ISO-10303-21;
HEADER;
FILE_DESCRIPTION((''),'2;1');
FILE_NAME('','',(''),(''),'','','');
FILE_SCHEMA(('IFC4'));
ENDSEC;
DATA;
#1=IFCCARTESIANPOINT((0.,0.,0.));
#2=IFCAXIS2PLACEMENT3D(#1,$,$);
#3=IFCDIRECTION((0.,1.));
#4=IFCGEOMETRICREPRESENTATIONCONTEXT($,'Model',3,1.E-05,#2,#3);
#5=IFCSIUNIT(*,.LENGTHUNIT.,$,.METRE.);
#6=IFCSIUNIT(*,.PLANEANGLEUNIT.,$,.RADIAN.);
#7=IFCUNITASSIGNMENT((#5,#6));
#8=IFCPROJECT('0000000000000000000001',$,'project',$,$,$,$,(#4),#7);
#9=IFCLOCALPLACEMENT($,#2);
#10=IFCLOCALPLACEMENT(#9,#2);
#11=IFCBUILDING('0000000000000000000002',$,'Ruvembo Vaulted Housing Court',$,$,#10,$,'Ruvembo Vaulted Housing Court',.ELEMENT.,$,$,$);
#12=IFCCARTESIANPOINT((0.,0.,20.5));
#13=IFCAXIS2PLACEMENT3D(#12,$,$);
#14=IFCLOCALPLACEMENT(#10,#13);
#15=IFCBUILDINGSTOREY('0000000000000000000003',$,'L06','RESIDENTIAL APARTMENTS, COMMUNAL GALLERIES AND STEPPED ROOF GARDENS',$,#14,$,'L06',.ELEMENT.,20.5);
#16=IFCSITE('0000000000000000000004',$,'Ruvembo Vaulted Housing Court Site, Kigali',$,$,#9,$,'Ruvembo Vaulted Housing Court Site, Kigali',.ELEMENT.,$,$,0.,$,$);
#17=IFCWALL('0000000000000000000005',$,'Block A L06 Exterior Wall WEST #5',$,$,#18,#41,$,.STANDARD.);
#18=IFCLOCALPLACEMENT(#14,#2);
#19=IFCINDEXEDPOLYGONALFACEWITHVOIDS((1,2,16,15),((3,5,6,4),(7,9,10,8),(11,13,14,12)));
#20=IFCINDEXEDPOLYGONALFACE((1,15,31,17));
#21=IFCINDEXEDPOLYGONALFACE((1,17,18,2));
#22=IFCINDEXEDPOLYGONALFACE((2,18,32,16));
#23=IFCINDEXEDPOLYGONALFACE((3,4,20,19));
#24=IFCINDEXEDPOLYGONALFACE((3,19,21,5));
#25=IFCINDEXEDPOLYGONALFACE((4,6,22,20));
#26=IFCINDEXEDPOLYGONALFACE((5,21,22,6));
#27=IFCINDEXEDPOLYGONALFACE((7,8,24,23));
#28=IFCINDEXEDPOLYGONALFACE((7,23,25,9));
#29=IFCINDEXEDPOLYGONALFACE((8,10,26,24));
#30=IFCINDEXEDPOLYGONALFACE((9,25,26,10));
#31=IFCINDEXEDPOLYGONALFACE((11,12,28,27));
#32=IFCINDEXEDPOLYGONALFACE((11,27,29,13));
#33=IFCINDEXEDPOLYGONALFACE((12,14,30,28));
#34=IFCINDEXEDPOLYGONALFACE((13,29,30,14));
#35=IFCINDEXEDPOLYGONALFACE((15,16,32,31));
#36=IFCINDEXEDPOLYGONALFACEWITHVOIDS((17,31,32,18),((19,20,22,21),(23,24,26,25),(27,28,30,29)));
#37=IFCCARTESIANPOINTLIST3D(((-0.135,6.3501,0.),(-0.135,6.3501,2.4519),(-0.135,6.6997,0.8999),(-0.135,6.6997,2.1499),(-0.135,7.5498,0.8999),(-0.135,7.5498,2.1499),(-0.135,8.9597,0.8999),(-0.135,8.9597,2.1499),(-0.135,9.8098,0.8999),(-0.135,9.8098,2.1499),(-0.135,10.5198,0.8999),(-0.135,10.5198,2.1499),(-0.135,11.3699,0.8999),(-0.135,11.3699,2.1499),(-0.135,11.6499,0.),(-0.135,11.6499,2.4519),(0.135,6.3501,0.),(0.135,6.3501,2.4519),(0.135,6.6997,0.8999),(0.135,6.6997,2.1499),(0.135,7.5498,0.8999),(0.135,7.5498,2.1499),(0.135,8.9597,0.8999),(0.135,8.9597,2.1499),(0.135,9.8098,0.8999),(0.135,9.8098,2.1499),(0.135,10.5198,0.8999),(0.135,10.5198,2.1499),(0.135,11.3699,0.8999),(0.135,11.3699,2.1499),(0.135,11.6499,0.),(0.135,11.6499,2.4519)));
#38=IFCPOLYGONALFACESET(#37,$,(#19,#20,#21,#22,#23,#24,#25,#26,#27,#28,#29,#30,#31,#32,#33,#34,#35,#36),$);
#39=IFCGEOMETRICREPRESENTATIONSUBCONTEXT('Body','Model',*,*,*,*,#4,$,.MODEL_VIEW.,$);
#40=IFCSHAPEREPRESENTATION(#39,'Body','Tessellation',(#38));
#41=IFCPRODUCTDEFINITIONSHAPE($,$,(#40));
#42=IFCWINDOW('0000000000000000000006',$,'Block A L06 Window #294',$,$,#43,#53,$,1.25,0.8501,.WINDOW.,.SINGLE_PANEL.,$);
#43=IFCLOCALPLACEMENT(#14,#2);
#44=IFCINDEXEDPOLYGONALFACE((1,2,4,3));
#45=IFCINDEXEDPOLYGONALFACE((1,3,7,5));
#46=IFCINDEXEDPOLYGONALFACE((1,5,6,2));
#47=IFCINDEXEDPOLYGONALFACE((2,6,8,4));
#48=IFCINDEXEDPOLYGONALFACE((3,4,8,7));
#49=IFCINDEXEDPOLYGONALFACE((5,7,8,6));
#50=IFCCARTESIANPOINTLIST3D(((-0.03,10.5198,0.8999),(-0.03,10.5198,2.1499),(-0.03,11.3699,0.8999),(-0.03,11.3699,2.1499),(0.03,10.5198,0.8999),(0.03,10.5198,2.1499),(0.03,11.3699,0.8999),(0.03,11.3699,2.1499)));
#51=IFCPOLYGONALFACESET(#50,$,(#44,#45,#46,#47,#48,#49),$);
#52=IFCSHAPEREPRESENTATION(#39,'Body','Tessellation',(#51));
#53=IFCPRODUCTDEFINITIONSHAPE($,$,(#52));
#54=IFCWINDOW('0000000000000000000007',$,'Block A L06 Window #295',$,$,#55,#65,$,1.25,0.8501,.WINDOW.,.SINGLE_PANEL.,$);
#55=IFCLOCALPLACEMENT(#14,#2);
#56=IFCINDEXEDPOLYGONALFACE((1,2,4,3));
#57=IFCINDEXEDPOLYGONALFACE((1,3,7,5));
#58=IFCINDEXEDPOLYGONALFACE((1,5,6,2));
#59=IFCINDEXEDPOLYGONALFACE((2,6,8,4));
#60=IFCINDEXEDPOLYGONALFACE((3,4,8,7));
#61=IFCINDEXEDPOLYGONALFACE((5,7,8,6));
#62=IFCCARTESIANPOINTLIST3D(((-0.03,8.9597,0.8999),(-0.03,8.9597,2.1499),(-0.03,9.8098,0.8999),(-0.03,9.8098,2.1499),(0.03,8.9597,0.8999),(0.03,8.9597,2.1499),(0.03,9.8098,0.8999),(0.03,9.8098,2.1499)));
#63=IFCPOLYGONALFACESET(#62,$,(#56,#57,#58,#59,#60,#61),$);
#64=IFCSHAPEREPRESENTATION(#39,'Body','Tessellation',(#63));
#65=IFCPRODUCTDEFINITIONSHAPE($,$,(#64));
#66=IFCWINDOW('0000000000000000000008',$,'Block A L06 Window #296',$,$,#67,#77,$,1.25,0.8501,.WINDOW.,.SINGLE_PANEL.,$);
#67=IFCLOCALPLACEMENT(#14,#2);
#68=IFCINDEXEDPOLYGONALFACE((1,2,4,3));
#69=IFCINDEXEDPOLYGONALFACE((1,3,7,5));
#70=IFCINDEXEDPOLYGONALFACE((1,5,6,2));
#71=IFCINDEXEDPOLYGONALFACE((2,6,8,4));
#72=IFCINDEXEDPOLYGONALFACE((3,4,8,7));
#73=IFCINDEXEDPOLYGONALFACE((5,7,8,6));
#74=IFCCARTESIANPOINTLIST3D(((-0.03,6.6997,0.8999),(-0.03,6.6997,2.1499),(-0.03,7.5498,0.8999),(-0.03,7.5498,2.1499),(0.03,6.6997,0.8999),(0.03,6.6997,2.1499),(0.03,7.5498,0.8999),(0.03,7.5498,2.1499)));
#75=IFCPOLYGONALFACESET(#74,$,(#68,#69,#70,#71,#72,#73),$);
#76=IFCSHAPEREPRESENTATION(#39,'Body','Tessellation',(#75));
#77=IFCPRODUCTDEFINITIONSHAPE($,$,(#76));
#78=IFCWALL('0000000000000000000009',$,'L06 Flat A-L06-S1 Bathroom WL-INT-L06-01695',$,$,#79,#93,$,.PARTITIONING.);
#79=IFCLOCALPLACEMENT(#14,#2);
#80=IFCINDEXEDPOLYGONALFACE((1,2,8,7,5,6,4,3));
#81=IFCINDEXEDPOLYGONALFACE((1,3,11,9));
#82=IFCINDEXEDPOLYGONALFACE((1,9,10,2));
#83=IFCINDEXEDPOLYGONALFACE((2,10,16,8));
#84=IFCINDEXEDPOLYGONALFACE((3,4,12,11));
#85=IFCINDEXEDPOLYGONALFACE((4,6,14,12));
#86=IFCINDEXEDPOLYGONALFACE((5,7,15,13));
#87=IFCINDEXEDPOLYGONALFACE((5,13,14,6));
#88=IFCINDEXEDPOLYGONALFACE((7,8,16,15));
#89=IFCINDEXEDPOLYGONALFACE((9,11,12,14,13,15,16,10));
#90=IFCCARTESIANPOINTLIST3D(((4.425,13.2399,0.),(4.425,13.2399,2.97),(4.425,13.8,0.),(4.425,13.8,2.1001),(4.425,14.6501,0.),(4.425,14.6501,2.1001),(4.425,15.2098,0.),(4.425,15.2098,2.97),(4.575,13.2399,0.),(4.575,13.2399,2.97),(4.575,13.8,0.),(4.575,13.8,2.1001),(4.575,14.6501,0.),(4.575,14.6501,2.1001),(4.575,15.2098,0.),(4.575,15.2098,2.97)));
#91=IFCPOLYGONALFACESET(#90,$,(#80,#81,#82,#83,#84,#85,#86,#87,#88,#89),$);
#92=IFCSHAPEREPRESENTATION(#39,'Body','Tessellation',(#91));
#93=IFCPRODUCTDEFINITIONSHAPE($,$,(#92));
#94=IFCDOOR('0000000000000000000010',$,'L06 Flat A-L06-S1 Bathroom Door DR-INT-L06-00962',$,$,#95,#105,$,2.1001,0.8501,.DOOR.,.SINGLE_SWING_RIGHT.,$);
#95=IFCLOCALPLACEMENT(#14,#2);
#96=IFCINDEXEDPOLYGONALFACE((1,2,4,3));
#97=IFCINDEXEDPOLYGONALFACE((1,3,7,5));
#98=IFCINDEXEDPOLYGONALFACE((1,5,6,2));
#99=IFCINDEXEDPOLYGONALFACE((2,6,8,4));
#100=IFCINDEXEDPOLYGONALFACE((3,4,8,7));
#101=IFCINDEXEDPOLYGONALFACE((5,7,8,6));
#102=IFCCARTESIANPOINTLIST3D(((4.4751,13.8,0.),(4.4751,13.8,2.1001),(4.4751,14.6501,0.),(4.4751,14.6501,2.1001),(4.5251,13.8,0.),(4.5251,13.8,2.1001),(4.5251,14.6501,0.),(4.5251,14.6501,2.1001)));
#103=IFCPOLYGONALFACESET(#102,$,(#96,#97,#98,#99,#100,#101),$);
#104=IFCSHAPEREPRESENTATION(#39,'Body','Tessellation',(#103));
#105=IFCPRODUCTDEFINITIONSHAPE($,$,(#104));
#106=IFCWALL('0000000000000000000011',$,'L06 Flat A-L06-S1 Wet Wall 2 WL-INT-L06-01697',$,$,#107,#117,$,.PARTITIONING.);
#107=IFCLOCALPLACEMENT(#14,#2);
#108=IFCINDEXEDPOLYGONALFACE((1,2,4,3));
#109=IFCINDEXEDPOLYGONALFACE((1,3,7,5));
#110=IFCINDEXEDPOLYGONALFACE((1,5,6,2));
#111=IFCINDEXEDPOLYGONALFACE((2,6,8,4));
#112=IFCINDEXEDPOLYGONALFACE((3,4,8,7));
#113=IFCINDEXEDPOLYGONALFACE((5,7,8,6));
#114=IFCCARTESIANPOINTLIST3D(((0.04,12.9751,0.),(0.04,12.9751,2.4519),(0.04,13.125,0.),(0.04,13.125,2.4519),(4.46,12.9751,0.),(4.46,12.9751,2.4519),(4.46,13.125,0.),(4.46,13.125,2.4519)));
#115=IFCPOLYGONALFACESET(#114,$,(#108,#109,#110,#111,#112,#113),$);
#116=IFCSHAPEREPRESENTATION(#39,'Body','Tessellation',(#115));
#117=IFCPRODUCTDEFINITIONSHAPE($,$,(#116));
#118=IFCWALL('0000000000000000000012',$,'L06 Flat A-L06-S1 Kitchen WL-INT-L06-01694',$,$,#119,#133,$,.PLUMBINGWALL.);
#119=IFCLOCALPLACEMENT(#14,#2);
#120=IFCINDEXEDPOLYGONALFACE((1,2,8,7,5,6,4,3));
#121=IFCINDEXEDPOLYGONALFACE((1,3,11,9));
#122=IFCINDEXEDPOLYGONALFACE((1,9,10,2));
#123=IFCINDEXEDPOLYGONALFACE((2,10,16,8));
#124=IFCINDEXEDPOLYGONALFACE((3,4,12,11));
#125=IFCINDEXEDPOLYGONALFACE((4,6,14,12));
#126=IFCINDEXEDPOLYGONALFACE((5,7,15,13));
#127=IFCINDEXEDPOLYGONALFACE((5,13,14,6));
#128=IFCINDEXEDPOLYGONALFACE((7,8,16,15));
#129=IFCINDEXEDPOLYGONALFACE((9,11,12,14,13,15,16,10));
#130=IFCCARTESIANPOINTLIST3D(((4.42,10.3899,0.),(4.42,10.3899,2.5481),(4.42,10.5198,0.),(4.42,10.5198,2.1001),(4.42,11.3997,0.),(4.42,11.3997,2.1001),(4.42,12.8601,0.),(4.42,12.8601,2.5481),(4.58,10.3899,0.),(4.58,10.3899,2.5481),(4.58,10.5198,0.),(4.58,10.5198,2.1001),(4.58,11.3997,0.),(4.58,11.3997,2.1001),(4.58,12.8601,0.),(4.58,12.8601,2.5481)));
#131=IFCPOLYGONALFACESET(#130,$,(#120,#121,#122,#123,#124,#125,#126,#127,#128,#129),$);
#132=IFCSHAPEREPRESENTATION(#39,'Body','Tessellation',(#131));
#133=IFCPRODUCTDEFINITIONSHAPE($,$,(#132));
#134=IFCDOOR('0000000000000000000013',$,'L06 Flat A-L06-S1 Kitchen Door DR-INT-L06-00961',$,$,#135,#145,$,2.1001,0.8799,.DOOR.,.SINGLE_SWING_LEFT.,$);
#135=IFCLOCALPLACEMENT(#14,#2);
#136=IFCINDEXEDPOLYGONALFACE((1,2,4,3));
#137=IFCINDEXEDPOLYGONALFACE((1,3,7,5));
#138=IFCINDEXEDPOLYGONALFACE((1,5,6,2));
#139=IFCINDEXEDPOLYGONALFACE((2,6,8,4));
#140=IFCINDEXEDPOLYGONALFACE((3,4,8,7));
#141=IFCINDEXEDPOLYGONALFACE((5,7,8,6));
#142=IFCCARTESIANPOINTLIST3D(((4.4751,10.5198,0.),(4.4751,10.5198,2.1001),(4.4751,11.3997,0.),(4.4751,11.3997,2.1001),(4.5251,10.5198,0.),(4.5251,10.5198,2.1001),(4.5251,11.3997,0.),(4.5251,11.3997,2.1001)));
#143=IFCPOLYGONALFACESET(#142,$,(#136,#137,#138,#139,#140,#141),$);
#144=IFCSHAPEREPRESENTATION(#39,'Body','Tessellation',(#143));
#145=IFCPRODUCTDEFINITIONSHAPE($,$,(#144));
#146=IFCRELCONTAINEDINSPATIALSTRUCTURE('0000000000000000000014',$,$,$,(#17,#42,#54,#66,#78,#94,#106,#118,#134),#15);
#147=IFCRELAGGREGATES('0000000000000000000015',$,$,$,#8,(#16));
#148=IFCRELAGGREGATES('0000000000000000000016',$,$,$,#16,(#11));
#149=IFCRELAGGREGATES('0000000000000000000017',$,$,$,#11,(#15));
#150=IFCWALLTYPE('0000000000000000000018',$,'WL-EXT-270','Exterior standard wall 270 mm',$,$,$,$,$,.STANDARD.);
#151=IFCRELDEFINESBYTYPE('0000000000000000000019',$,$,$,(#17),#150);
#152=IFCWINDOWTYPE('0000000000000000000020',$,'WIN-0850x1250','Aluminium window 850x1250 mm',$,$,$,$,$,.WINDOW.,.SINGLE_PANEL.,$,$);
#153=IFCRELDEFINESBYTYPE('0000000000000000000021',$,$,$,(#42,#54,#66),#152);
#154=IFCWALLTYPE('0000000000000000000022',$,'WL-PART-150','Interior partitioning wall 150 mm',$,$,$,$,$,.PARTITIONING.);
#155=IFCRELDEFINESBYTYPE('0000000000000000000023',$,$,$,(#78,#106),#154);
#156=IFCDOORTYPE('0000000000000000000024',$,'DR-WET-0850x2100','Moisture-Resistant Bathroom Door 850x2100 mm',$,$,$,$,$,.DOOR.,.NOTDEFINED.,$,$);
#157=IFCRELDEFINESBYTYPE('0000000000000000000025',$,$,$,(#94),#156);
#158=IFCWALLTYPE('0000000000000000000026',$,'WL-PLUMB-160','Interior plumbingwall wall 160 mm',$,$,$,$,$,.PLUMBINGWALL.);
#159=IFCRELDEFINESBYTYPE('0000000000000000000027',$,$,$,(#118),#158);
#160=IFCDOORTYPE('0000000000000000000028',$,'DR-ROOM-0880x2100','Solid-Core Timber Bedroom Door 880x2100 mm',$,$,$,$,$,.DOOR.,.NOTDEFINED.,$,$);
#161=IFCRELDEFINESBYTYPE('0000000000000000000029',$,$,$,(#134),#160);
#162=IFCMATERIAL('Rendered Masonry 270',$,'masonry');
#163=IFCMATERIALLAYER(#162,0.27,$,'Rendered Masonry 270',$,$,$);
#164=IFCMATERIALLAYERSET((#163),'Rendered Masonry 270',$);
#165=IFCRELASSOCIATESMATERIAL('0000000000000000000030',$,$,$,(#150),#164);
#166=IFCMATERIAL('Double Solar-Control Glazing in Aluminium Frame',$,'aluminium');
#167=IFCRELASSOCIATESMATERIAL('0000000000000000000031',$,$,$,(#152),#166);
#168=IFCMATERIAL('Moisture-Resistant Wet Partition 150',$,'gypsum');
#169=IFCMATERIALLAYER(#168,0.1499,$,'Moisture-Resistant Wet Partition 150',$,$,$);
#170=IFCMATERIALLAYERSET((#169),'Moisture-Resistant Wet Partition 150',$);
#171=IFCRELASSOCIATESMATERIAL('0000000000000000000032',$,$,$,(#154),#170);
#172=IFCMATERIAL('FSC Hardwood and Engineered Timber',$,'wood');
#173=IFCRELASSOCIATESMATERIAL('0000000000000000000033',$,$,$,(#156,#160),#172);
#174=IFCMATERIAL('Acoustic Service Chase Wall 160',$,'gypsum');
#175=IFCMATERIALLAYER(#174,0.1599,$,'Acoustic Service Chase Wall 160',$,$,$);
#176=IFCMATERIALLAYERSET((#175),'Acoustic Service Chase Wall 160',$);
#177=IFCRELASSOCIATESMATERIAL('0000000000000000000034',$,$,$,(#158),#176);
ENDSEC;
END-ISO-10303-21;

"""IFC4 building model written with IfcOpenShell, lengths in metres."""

from ifc_helpers import new_model, si_unit, direction, frame, frame_2d, origin, place, context, subcontext, project, spatial, rectangle, extrude, material, layer, layer_set, type_object, element, fill, save


model = new_model("IFC4")

# Units and contexts
model_context = context("Model", 3, precision=1e-05, world=origin(), true_north=direction((0.0, 1.0)))
body_context = subcontext(model_context, "Body", "Model", "MODEL_VIEW")
ifc_project = project(units=[si_unit("LENGTHUNIT", "METRE"), si_unit("PLANEANGLEUNIT", "RADIAN")], contexts=[model_context])

# Site, building, storey
site_placement = place(None, origin())
site = spatial("IfcSite", under=ifc_project, at=site_placement, Name="Ruvembo Vaulted Housing Court Site, Kigali", LongName="Ruvembo Vaulted Housing Court Site, Kigali", CompositionType="ELEMENT", RefElevation=0.0)
building_placement = place(site_placement, origin())
building = spatial("IfcBuilding", under=site, at=building_placement, Name="Ruvembo Vaulted Housing Court", LongName="Ruvembo Vaulted Housing Court", CompositionType="ELEMENT")
storey_placement = place(building_placement, frame((0.0, 0.0, 20.5)))
storey = spatial("IfcBuildingStorey", under=building, at=storey_placement, Name="L06", Description="RESIDENTIAL APARTMENTS, COMMUNAL GALLERIES AND STEPPED ROOF GARDENS", LongName="L06", CompositionType="ELEMENT", Elevation=20.5)

# Shared definitions
ifc_material_1 = material(Name="FSC Hardwood and Engineered Timber", Category="wood")

# Wall, openings, windows
ifc_material_2 = material(Name="Rendered Masonry 270", Category="masonry")
ifc_layer_1 = layer(ifc_material_2, 0.27, Name="Rendered Masonry 270")
ifc_layer_set_1 = layer_set([ifc_layer_1], Name="Rendered Masonry 270")
wall_type_1 = type_object("IfcWallType", Name="WL-EXT-270", Description="Exterior standard wall 270 mm", PredefinedType="STANDARD", material=ifc_layer_set_1)
ifc_material_3 = material(Name="Double Solar-Control Glazing in Aluminium Frame", Category="aluminium")
wall_1_placement = place(storey_placement, frame((0.0, 11.6499, 0.0), z_axis=(0.0, 0.0, 1.0), x_axis=(0.0, -1.0, 0.0)))
wall_1 = element("IfcWall", 1, at=wall_1_placement, inside=storey, type_object=wall_type_1, Name="Block A L06 Exterior Wall WEST #5", PredefinedType="STANDARD", context=body_context, shape_type="SweptSolid", body=[
    extrude(rectangle(XDim=5.2998, YDim=0.27, at=frame_2d((2.6499, 0.0))), origin(), (0.0, 0.0, 1.0), 2.4519),
])
opening_1_placement = place(wall_1_placement, frame((0.28, 0.0, 0.8999)))
opening_1 = element("IfcOpeningElement", 2, at=opening_1_placement, cuts=wall_1, PredefinedType="OPENING", context=body_context, shape_type="SweptSolid", body=[
    extrude(rectangle(XDim=0.8501, YDim=1.25, at=frame_2d((0.425, 0.625))), frame((0.0, 0.145, 0.0), z_axis=(0.0, -1.0, 0.0), x_axis=(1.0, 0.0, 0.0)), (0.0, 0.0, 1.0), 0.29),
])
opening_2_placement = place(wall_1_placement, frame((1.8401, 0.0, 0.8999)))
opening_2 = element("IfcOpeningElement", 3, at=opening_2_placement, cuts=wall_1, PredefinedType="OPENING", context=body_context, shape_type="SweptSolid", body=[
    extrude(rectangle(XDim=0.8501, YDim=1.25, at=frame_2d((0.425, 0.625))), frame((0.0, 0.145, 0.0), z_axis=(0.0, -1.0, 0.0), x_axis=(1.0, 0.0, 0.0)), (0.0, 0.0, 1.0), 0.29),
])
opening_3_placement = place(wall_1_placement, frame((4.1001, 0.0, 0.8999)))
opening_3 = element("IfcOpeningElement", 4, at=opening_3_placement, cuts=wall_1, PredefinedType="OPENING", context=body_context, shape_type="SweptSolid", body=[
    extrude(rectangle(XDim=0.8501, YDim=1.25, at=frame_2d((0.425, 0.625))), frame((0.0, 0.145, 0.0), z_axis=(0.0, -1.0, 0.0), x_axis=(1.0, 0.0, 0.0)), (0.0, 0.0, 1.0), 0.29),
])
window_type_1 = type_object("IfcWindowType", Name="WIN-0850x1250", Description="Aluminium window 850x1250 mm", PartitioningType="SINGLE_PANEL", PredefinedType="WINDOW", material=ifc_material_3)
window_1_placement = place(opening_1_placement, origin())
window_1 = element("IfcWindow", 5, at=window_1_placement, inside=storey, type_object=window_type_1, Name="Block A L06 Window #294", OverallHeight=1.25, OverallWidth=0.8501, PartitioningType="SINGLE_PANEL", PredefinedType="WINDOW", context=body_context, shape_type="SweptSolid", body=[
    extrude(rectangle(XDim=0.8501, YDim=1.25, at=frame_2d((0.425, 0.625))), frame((0.0, 0.03, 0.0), z_axis=(0.0, -1.0, 0.0), x_axis=(1.0, 0.0, 0.0)), (0.0, 0.0, 1.0), 0.0601),
])
fill(opening_1, window_1)
window_2_placement = place(opening_2_placement, origin())
window_2 = element("IfcWindow", 6, at=window_2_placement, inside=storey, type_object=window_type_1, Name="Block A L06 Window #295", OverallHeight=1.25, OverallWidth=0.8501, PartitioningType="SINGLE_PANEL", PredefinedType="WINDOW", context=body_context, shape_type="SweptSolid", body=[
    extrude(rectangle(XDim=0.8501, YDim=1.25, at=frame_2d((0.425, 0.625))), frame((0.0, 0.03, 0.0), z_axis=(0.0, -1.0, 0.0), x_axis=(1.0, 0.0, 0.0)), (0.0, 0.0, 1.0), 0.0601),
])
fill(opening_2, window_2)
window_3_placement = place(opening_3_placement, origin())
window_3 = element("IfcWindow", 7, at=window_3_placement, inside=storey, type_object=window_type_1, Name="Block A L06 Window #296", OverallHeight=1.25, OverallWidth=0.8501, PartitioningType="SINGLE_PANEL", PredefinedType="WINDOW", context=body_context, shape_type="SweptSolid", body=[
    extrude(rectangle(XDim=0.8501, YDim=1.25, at=frame_2d((0.425, 0.625))), frame((0.0, 0.03, 0.0), z_axis=(0.0, -1.0, 0.0), x_axis=(1.0, 0.0, 0.0)), (0.0, 0.0, 1.0), 0.0601),
])
fill(opening_3, window_3)

# Wall, opening, door
ifc_material_4 = material(Name="Moisture-Resistant Wet Partition 150", Category="gypsum")
ifc_layer_2 = layer(ifc_material_4, 0.1499, Name="Moisture-Resistant Wet Partition 150")
ifc_layer_set_2 = layer_set([ifc_layer_2], Name="Moisture-Resistant Wet Partition 150")
wall_type_2 = type_object("IfcWallType", Name="WL-PART-150", Description="Interior partitioning wall 150 mm", PredefinedType="PARTITIONING", material=ifc_layer_set_2)
wall_2_placement = place(storey_placement, frame((4.5, 13.24, 0.0), z_axis=(0.0, 0.0, 1.0), x_axis=(0.0, 1.0, 0.0)))
wall_2 = element("IfcWall", 8, at=wall_2_placement, inside=storey, type_object=wall_type_2, Name="L06 Flat A-L06-S1 Bathroom WL-INT-L06-01695", PredefinedType="PARTITIONING", context=body_context, shape_type="SweptSolid", body=[
    extrude(rectangle(XDim=1.97, YDim=0.1499, at=frame_2d((0.9849, 0.0))), origin(), (0.0, 0.0, 1.0), 2.97),
])
opening_4_placement = place(wall_2_placement, frame((0.5601, 0.0, 0.0)))
opening_4 = element("IfcOpeningElement", 9, at=opening_4_placement, cuts=wall_2, PredefinedType="OPENING", context=body_context, shape_type="SweptSolid", body=[
    extrude(rectangle(XDim=0.8501, YDim=2.1001, at=frame_2d((0.425, 1.05))), frame((0.0, 0.085, 0.0), z_axis=(0.0, -1.0, 0.0), x_axis=(1.0, 0.0, 0.0)), (0.0, 0.0, 1.0), 0.1699),
])
door_type_1 = type_object("IfcDoorType", Name="DR-WET-0850x2100", Description="Moisture-Resistant Bathroom Door 850x2100 mm", OperationType="NOTDEFINED", PredefinedType="DOOR", material=ifc_material_1)
door_1_placement = place(opening_4_placement, origin())
door_1 = element("IfcDoor", 10, at=door_1_placement, inside=storey, type_object=door_type_1, Name="L06 Flat A-L06-S1 Bathroom Door DR-INT-L06-00962", OperationType="SINGLE_SWING_RIGHT", OverallHeight=2.1001, OverallWidth=0.8501, PredefinedType="DOOR", context=body_context, shape_type="SweptSolid", body=[
    extrude(rectangle(XDim=0.8501, YDim=2.1001, at=frame_2d((0.425, 1.05))), frame((0.0, 0.0249, 0.0), z_axis=(0.0, -1.0, 0.0), x_axis=(1.0, 0.0, 0.0)), (0.0, 0.0, 1.0), 0.05),
])
fill(opening_4, door_1)

# Wall
wall_3_placement = place(storey_placement, frame((0.04, 13.05, 0.0), z_axis=(0.0, 0.0, 1.0), x_axis=(1.0, 0.0, 0.0)))
element("IfcWall", 11, at=wall_3_placement, inside=storey, type_object=wall_type_2, Name="L06 Flat A-L06-S1 Wet Wall 2 WL-INT-L06-01697", PredefinedType="PARTITIONING", context=body_context, shape_type="SweptSolid", body=[
    extrude(rectangle(XDim=4.4199, YDim=0.1499, at=frame_2d((2.21, 0.0))), origin(), (0.0, 0.0, 1.0), 2.4519),
])

# Wall, opening, door
ifc_material_5 = material(Name="Acoustic Service Chase Wall 160", Category="gypsum")
ifc_layer_3 = layer(ifc_material_5, 0.1599, Name="Acoustic Service Chase Wall 160")
ifc_layer_set_3 = layer_set([ifc_layer_3], Name="Acoustic Service Chase Wall 160")
wall_type_3 = type_object("IfcWallType", Name="WL-PLUMB-160", Description="Interior plumbingwall wall 160 mm", PredefinedType="PLUMBINGWALL", material=ifc_layer_set_3)
wall_4_placement = place(storey_placement, frame((4.5, 10.3899, 0.0), z_axis=(0.0, 0.0, 1.0), x_axis=(0.0, 1.0, 0.0)))
wall_4 = element("IfcWall", 12, at=wall_4_placement, inside=storey, type_object=wall_type_3, Name="L06 Flat A-L06-S1 Kitchen WL-INT-L06-01694", PredefinedType="PLUMBINGWALL", context=body_context, shape_type="SweptSolid", body=[
    extrude(rectangle(XDim=2.4702, YDim=0.1599, at=frame_2d((1.2351, 0.0))), origin(), (0.0, 0.0, 1.0), 2.5481),
])
opening_5_placement = place(wall_4_placement, frame((0.1299, 0.0, 0.0)))
opening_5 = element("IfcOpeningElement", 13, at=opening_5_placement, cuts=wall_4, PredefinedType="OPENING", context=body_context, shape_type="SweptSolid", body=[
    extrude(rectangle(XDim=0.8799, YDim=2.1001, at=frame_2d((0.4399, 1.05))), frame((0.0, 0.0898, 0.0), z_axis=(0.0, -1.0, 0.0), x_axis=(1.0, 0.0, 0.0)), (0.0, 0.0, 1.0), 0.1799),
])
door_type_2 = type_object("IfcDoorType", Name="DR-ROOM-0880x2100", Description="Solid-Core Timber Bedroom Door 880x2100 mm", OperationType="NOTDEFINED", PredefinedType="DOOR", material=ifc_material_1)
door_2_placement = place(opening_5_placement, origin())
door_2 = element("IfcDoor", 14, at=door_2_placement, inside=storey, type_object=door_type_2, Name="L06 Flat A-L06-S1 Kitchen Door DR-INT-L06-00961", OperationType="SINGLE_SWING_LEFT", OverallHeight=2.1001, OverallWidth=0.8799, PredefinedType="DOOR", context=body_context, shape_type="SweptSolid", body=[
    extrude(rectangle(XDim=0.8799, YDim=2.1001, at=frame_2d((0.4399, 1.05))), frame((0.0, 0.0249, 0.0), z_axis=(0.0, -1.0, 0.0), x_axis=(1.0, 0.0, 0.0)), (0.0, 0.0, 1.0), 0.05),
])
fill(opening_5, door_2)

save(model, "model.ifc")
